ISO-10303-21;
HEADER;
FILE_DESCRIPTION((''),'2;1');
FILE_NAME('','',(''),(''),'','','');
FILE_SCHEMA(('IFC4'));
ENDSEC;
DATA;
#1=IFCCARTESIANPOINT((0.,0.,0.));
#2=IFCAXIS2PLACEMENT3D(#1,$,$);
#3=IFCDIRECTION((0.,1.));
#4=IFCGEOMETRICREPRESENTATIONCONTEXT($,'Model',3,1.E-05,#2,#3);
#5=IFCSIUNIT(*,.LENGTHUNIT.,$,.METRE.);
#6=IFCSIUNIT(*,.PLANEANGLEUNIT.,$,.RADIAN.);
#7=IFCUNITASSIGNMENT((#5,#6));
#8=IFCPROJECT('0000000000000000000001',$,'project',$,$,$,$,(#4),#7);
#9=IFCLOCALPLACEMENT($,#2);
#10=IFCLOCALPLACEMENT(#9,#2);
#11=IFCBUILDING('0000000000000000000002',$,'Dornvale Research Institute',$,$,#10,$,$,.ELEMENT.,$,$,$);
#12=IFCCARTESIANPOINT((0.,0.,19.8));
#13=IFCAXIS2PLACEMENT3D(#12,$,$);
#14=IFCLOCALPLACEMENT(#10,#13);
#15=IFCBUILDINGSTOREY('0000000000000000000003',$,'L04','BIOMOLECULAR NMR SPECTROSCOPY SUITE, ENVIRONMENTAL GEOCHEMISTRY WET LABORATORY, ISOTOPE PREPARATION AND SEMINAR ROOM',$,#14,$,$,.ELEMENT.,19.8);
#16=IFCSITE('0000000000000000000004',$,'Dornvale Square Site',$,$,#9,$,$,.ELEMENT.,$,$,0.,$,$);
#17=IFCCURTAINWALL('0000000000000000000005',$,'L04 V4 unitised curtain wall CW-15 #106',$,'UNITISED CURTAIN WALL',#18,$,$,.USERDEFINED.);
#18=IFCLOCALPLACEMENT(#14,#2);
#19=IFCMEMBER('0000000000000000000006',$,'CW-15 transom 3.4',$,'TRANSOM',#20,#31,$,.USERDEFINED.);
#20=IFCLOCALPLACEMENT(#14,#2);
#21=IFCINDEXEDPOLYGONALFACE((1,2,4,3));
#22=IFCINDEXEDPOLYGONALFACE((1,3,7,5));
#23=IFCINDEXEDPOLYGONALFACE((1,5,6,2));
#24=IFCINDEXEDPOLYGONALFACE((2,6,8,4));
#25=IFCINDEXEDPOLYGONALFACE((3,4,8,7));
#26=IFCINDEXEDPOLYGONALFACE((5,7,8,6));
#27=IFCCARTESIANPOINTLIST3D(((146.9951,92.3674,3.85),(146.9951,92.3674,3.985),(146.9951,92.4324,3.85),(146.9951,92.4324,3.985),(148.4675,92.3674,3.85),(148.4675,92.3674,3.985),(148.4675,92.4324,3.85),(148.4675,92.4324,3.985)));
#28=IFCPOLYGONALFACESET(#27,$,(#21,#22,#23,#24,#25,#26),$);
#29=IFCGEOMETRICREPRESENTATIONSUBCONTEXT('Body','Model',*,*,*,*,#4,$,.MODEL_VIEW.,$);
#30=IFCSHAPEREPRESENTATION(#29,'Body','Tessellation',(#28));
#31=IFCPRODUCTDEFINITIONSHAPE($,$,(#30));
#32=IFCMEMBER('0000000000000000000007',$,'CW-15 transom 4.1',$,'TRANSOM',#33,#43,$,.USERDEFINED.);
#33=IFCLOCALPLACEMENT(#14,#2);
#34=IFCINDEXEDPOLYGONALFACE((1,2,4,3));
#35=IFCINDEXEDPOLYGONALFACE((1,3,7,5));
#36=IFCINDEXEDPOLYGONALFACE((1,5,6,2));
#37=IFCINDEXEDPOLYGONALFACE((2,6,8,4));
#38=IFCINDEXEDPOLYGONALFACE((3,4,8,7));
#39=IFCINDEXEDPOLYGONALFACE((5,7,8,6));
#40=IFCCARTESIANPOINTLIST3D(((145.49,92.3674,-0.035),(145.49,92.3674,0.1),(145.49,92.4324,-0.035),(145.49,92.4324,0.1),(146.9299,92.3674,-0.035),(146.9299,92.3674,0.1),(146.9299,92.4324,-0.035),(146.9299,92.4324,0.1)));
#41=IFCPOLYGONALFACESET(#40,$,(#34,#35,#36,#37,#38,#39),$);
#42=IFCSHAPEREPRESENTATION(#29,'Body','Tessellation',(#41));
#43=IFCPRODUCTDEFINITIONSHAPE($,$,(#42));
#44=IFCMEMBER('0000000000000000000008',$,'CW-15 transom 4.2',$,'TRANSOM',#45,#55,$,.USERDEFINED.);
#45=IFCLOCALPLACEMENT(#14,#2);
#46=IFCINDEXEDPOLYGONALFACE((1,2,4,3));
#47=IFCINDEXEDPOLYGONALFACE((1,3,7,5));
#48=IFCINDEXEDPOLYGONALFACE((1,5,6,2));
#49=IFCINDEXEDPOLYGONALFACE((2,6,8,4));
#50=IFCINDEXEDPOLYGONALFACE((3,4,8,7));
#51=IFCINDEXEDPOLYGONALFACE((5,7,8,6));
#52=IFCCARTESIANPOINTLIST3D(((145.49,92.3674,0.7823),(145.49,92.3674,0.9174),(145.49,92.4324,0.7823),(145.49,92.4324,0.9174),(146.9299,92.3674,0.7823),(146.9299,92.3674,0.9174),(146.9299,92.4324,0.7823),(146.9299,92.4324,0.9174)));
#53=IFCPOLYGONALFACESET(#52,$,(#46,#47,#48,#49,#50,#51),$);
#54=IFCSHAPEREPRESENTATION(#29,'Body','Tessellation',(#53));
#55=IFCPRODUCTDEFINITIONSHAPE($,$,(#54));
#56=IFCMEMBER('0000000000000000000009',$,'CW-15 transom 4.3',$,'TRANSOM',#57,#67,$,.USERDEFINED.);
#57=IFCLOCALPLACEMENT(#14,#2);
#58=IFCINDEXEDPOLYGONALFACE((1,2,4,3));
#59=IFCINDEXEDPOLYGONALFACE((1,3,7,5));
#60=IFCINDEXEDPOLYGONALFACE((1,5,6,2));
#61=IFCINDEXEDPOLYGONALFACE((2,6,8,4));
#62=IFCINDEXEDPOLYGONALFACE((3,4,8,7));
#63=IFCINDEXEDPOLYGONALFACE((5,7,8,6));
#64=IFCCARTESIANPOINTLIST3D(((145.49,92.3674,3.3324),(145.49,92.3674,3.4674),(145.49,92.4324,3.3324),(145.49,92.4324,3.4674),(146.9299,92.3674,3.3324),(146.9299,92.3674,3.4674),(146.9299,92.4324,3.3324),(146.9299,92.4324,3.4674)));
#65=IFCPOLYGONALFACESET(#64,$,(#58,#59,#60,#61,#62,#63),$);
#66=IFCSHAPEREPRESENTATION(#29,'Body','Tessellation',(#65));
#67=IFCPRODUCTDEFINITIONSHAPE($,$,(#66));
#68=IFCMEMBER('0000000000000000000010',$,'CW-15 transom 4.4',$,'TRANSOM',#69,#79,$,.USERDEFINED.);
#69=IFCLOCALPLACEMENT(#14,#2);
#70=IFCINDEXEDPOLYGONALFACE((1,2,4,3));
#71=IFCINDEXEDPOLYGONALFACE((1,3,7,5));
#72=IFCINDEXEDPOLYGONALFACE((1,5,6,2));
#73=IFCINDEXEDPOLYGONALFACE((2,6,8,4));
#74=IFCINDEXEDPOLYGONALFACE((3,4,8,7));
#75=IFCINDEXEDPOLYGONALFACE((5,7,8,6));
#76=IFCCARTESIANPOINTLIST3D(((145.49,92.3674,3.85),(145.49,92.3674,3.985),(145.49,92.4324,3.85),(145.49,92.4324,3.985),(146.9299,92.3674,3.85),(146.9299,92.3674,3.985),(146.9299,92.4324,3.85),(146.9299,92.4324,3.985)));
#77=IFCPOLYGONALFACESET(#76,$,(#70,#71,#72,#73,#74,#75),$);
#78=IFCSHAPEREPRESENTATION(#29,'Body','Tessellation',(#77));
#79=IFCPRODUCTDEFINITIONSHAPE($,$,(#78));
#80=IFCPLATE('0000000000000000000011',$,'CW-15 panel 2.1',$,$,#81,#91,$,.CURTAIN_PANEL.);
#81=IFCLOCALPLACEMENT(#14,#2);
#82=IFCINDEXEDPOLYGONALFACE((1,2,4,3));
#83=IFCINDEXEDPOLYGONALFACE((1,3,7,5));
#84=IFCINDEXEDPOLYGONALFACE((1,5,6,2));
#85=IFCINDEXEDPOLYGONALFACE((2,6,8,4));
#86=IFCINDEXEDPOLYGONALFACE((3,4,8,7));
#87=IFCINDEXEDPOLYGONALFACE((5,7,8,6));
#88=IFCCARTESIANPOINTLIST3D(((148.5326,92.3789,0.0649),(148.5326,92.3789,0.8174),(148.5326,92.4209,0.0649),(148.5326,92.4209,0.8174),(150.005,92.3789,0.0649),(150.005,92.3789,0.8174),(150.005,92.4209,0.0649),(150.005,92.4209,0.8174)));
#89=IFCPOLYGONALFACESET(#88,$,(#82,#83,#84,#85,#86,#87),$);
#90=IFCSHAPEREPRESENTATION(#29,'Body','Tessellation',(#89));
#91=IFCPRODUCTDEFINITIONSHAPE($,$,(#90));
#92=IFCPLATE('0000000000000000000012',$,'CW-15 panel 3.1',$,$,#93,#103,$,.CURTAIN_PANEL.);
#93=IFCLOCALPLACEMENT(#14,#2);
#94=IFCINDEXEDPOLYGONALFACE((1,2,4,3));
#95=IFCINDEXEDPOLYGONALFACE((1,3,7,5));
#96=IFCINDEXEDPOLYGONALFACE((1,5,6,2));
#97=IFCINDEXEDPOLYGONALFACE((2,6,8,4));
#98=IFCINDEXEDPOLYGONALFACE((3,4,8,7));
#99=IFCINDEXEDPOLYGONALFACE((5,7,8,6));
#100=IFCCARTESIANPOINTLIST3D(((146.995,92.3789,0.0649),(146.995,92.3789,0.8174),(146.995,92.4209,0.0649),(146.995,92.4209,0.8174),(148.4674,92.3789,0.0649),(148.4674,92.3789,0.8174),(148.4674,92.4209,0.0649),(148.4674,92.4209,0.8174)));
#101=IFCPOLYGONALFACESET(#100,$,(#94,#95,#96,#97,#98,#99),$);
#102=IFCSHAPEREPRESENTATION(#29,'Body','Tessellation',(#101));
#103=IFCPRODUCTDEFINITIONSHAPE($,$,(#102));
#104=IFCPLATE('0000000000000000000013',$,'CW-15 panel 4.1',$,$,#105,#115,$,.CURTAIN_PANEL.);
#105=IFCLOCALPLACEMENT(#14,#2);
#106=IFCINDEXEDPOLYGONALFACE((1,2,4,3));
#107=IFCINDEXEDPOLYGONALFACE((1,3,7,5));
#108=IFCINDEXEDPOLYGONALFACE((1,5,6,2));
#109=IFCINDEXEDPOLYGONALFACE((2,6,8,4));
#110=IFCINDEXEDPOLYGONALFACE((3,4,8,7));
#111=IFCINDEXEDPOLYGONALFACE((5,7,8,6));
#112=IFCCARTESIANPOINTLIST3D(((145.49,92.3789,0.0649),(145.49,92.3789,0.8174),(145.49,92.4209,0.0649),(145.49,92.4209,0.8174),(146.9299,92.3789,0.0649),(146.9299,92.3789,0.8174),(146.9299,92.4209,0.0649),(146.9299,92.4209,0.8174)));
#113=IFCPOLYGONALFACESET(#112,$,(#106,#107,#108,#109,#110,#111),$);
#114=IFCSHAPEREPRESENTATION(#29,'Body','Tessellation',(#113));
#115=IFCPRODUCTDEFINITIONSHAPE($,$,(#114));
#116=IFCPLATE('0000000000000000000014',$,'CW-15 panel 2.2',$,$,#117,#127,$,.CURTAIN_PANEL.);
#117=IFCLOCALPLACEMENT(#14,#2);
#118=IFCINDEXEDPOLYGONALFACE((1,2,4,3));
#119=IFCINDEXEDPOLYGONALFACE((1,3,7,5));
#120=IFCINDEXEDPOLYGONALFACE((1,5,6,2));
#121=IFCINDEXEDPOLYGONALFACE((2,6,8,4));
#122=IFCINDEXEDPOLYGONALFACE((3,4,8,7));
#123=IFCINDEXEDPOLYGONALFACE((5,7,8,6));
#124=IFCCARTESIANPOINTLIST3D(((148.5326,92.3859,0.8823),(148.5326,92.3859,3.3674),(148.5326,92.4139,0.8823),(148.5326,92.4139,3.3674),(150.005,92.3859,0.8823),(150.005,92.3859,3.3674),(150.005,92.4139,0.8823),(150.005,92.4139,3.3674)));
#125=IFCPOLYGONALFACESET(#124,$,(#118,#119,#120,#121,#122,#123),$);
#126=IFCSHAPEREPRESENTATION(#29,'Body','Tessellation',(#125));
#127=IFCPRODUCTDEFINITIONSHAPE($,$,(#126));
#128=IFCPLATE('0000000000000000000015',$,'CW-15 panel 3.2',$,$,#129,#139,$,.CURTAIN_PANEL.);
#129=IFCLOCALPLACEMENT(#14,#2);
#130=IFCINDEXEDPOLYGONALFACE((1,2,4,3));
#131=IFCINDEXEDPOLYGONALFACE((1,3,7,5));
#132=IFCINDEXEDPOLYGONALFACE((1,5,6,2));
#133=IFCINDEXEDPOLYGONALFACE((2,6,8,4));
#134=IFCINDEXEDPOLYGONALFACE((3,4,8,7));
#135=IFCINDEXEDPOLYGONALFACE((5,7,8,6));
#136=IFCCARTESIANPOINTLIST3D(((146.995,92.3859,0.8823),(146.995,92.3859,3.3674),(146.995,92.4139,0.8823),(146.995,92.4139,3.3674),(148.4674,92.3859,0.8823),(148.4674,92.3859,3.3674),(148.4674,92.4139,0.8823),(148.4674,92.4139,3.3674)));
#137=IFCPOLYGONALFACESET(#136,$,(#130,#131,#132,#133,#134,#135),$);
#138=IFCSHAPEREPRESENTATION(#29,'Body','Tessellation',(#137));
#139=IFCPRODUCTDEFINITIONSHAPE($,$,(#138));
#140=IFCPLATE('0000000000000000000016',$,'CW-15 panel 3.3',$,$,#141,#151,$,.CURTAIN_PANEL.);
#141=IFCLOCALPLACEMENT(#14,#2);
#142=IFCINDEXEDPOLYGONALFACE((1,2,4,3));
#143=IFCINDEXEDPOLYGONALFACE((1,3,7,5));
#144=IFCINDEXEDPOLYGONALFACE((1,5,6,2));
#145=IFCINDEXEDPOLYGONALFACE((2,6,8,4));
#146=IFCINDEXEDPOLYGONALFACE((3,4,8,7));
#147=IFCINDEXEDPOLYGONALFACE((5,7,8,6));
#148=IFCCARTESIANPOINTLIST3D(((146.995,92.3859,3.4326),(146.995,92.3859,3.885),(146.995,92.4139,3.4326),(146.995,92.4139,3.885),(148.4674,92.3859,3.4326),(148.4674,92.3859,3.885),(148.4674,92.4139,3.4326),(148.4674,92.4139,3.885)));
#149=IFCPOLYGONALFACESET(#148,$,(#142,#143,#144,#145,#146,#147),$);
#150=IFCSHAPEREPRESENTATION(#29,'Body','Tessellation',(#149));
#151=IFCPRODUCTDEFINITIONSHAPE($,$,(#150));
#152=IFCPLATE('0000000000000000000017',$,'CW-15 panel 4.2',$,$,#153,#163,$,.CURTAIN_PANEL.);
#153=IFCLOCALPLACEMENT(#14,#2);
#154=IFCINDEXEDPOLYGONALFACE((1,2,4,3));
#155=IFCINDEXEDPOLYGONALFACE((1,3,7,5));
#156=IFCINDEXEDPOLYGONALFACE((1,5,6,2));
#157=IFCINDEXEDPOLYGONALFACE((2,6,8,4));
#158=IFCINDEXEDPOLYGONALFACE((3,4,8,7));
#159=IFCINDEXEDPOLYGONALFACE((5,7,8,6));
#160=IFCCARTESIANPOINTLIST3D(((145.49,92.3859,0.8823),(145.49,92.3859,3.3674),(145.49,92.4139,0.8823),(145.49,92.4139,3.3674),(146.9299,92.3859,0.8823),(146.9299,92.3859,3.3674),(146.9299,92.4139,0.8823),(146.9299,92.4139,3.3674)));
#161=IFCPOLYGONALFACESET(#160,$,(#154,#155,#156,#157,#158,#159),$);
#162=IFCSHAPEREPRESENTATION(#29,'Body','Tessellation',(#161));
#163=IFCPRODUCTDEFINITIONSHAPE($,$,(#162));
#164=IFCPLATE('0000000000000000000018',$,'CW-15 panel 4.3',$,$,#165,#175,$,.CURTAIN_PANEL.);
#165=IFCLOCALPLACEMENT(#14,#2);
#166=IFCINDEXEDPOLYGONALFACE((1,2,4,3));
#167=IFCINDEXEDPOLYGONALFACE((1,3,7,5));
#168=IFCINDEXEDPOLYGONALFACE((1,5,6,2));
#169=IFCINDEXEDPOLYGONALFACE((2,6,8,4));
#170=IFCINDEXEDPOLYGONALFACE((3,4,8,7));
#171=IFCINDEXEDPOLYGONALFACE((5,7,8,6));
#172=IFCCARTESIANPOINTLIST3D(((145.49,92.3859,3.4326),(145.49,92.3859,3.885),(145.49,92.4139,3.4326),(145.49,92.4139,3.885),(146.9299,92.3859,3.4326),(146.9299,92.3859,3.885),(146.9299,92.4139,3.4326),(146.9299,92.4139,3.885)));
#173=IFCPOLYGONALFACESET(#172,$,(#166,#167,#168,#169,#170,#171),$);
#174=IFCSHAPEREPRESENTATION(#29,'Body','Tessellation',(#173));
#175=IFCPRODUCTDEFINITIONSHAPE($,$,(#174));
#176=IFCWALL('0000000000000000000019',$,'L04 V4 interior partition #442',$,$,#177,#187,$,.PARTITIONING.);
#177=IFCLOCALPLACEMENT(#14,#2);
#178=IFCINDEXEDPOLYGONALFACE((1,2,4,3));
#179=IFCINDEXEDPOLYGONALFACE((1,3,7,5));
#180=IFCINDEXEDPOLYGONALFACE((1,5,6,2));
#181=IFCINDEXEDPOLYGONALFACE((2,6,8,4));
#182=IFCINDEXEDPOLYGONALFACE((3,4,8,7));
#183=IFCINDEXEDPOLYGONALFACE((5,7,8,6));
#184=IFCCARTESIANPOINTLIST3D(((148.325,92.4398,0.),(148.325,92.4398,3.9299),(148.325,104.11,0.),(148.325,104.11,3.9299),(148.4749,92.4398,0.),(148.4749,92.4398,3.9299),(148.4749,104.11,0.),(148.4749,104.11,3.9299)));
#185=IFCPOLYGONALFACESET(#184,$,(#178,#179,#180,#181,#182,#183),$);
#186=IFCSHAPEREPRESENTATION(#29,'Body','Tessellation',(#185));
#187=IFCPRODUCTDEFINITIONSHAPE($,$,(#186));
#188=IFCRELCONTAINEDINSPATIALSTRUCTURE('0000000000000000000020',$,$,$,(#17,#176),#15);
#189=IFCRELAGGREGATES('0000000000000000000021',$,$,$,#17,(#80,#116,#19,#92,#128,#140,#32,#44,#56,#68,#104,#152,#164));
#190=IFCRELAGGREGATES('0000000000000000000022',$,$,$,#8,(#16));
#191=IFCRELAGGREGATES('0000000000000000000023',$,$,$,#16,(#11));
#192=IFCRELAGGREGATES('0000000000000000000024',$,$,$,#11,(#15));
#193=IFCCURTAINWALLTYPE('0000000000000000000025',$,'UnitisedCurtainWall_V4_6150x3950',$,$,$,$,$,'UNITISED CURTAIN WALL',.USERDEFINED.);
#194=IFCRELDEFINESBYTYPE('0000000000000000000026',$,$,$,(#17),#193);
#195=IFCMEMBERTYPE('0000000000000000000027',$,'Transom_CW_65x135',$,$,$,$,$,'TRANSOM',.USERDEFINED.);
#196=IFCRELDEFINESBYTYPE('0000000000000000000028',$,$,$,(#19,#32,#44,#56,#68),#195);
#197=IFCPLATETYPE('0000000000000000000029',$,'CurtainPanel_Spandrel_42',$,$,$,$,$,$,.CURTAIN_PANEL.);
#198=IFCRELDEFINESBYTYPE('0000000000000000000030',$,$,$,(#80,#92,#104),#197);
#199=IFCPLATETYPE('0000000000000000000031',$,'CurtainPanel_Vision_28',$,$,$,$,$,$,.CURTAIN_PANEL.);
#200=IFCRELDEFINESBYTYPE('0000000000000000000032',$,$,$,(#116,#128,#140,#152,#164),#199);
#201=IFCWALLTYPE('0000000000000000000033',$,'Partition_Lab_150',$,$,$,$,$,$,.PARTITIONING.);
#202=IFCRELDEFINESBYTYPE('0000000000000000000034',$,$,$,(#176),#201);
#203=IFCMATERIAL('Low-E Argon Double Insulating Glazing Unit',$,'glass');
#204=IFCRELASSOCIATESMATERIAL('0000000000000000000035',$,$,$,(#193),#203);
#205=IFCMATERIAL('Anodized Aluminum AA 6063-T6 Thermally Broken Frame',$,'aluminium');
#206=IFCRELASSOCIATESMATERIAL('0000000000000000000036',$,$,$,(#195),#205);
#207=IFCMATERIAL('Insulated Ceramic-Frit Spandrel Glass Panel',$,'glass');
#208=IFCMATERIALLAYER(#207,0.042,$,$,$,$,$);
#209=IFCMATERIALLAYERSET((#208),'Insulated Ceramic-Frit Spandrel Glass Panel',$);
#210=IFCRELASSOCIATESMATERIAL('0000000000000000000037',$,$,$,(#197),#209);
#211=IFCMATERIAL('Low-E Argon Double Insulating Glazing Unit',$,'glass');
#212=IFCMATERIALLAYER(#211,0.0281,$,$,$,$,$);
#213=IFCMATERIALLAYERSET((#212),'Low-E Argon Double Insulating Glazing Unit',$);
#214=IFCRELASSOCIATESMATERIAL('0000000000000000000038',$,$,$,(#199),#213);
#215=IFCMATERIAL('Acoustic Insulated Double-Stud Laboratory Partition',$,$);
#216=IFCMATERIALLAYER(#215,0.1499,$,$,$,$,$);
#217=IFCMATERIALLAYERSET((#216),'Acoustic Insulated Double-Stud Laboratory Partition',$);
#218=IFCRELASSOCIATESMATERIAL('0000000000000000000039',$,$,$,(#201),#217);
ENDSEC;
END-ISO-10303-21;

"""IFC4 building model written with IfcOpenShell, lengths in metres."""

from ifc_helpers import new_model, si_unit, direction, frame, frame_2d, origin, origin_2d, place, context, subcontext, project, spatial, rectangle, extrude, material, layer, layer_set, material_profile, profile_set, type_object, element, aggregate, save


model = new_model("IFC4")

# Units and contexts
model_context = context("Model", 3, precision=1e-05, world=origin(), true_north=direction((0.0, 1.0)))
body_context = subcontext(model_context, "Body", "Model", "MODEL_VIEW")
ifc_project = project(units=[si_unit("LENGTHUNIT", "METRE"), si_unit("PLANEANGLEUNIT", "RADIAN")], contexts=[model_context])

# Site, building, storey
site_placement = place(None, origin())
site = spatial("IfcSite", under=ifc_project, at=site_placement, Name="Dornvale Square Site", CompositionType="ELEMENT", RefElevation=0.0)
building_placement = place(site_placement, origin())
building = spatial("IfcBuilding", under=site, at=building_placement, Name="Dornvale Research Institute", CompositionType="ELEMENT")
storey_placement = place(building_placement, frame((0.0, 0.0, 19.8)))
storey = spatial("IfcBuildingStorey", under=building, at=storey_placement, Name="L04", Description="BIOMOLECULAR NMR SPECTROSCOPY SUITE, ENVIRONMENTAL GEOCHEMISTRY WET LABORATORY, ISOTOPE PREPARATION AND SEMINAR ROOM", CompositionType="ELEMENT", Elevation=19.8)

# Curtain wall
ifc_material_1 = material(Name="Low-E Argon Double Insulating Glazing Unit", Category="glass")
curtain_wall_type = type_object("IfcCurtainWallType", Name="UnitisedCurtainWall_V4_6150x3950", ElementType="UNITISED CURTAIN WALL", PredefinedType="USERDEFINED", material=ifc_material_1)
curtain_wall_placement = place(storey_placement, origin())
curtain_wall = element("IfcCurtainWall", 1, at=curtain_wall_placement, inside=storey, type_object=curtain_wall_type, Name="L04 V4 unitised curtain wall CW-15 #106", ObjectType="UNITISED CURTAIN WALL", PredefinedType="USERDEFINED")

# Members
ifc_material_2 = material(Name="Anodized Aluminum AA 6063-T6 Thermally Broken Frame", Category="aluminium")
ifc_material_profile_1 = material_profile(ifc_material_2, rectangle(XDim=0.0649, YDim=0.135, at=origin_2d()), Name="ALU TRANSOM 65x135")
ifc_profile_set_1 = profile_set([ifc_material_profile_1], Name="Anodized Aluminum AA 6063-T6 Thermally Broken Frame")
member_type_1 = type_object("IfcMemberType", Name="Transom_CW_65x135", ElementType="TRANSOM", PredefinedType="USERDEFINED", material=ifc_profile_set_1)
member_1_placement = place(storey_placement, frame((148.4675, 92.3999, 3.9175), z_axis=(-1.0, 0.0, 0.0), x_axis=(0.0, -1.0, 0.0)))
member_1 = element("IfcMember", 2, at=member_1_placement, type_object=member_type_1, Name="CW-15 transom 3.4", ObjectType="TRANSOM", PredefinedType="USERDEFINED", context=body_context, shape_type="SweptSolid", body=[
    extrude(rectangle(XDim=0.0649, YDim=0.135, at=origin_2d()), origin(), (0.0, 0.0, 1.0), 1.4724),
])
member_2_placement = place(storey_placement, frame((146.9299, 92.3999, 0.0325), z_axis=(-1.0, 0.0, 0.0), x_axis=(0.0, -1.0, 0.0)))
member_2 = element("IfcMember", 3, at=member_2_placement, type_object=member_type_1, Name="CW-15 transom 4.1", ObjectType="TRANSOM", PredefinedType="USERDEFINED", context=body_context, shape_type="SweptSolid", body=[
    extrude(rectangle(XDim=0.0649, YDim=0.135, at=origin_2d()), origin(), (0.0, 0.0, 1.0), 1.4399),
])
member_3_placement = place(storey_placement, frame((146.9299, 92.3999, 0.8499), z_axis=(-1.0, 0.0, 0.0), x_axis=(0.0, -1.0, 0.0)))
member_3 = element("IfcMember", 4, at=member_3_placement, type_object=member_type_1, Name="CW-15 transom 4.2", ObjectType="TRANSOM", PredefinedType="USERDEFINED", context=body_context, shape_type="SweptSolid", body=[
    extrude(rectangle(XDim=0.0649, YDim=0.135, at=origin_2d()), origin(), (0.0, 0.0, 1.0), 1.4399),
])
member_4_placement = place(storey_placement, frame((146.9299, 92.3999, 3.3999), z_axis=(-1.0, 0.0, 0.0), x_axis=(0.0, -1.0, 0.0)))
member_4 = element("IfcMember", 5, at=member_4_placement, type_object=member_type_1, Name="CW-15 transom 4.3", ObjectType="TRANSOM", PredefinedType="USERDEFINED", context=body_context, shape_type="SweptSolid", body=[
    extrude(rectangle(XDim=0.0649, YDim=0.135, at=origin_2d()), origin(), (0.0, 0.0, 1.0), 1.4399),
])
member_5_placement = place(storey_placement, frame((146.9299, 92.3999, 3.9175), z_axis=(-1.0, 0.0, 0.0), x_axis=(0.0, -1.0, 0.0)))
member_5 = element("IfcMember", 6, at=member_5_placement, type_object=member_type_1, Name="CW-15 transom 4.4", ObjectType="TRANSOM", PredefinedType="USERDEFINED", context=body_context, shape_type="SweptSolid", body=[
    extrude(rectangle(XDim=0.0649, YDim=0.135, at=origin_2d()), origin(), (0.0, 0.0, 1.0), 1.4399),
])

# Plates
ifc_material_3 = material(Name="Insulated Ceramic-Frit Spandrel Glass Panel", Category="glass")
ifc_layer_1 = layer(ifc_material_3, 0.042)
ifc_layer_set_1 = layer_set([ifc_layer_1], Name="Insulated Ceramic-Frit Spandrel Glass Panel")
plate_type_1 = type_object("IfcPlateType", Name="CurtainPanel_Spandrel_42", PredefinedType="CURTAIN_PANEL", material=ifc_layer_set_1)
plate_1_placement = place(storey_placement, frame((149.2688, 92.3999, 0.0649), z_axis=(0.0, 0.0, 1.0), x_axis=(-1.0, 0.0, 0.0)))
plate_1 = element("IfcPlate", 7, at=plate_1_placement, type_object=plate_type_1, Name="CW-15 panel 2.1", PredefinedType="CURTAIN_PANEL", context=body_context, shape_type="SweptSolid", body=[
    extrude(rectangle(XDim=1.4724, YDim=0.042, at=origin_2d()), origin(), (0.0, 0.0, 1.0), 0.7524),
])
plate_2_placement = place(storey_placement, frame((147.7312, 92.3999, 0.0649), z_axis=(0.0, 0.0, 1.0), x_axis=(-1.0, 0.0, 0.0)))
plate_2 = element("IfcPlate", 8, at=plate_2_placement, type_object=plate_type_1, Name="CW-15 panel 3.1", PredefinedType="CURTAIN_PANEL", context=body_context, shape_type="SweptSolid", body=[
    extrude(rectangle(XDim=1.4724, YDim=0.042, at=origin_2d()), origin(), (0.0, 0.0, 1.0), 0.7524),
])
plate_3_placement = place(storey_placement, frame((146.21, 92.3999, 0.0649), z_axis=(0.0, 0.0, 1.0), x_axis=(-1.0, 0.0, 0.0)))
plate_3 = element("IfcPlate", 9, at=plate_3_placement, type_object=plate_type_1, Name="CW-15 panel 4.1", PredefinedType="CURTAIN_PANEL", context=body_context, shape_type="SweptSolid", body=[
    extrude(rectangle(XDim=1.4399, YDim=0.042, at=origin_2d()), origin(), (0.0, 0.0, 1.0), 0.7524),
])
ifc_material_4 = material(Name="Low-E Argon Double Insulating Glazing Unit", Category="glass")
ifc_layer_2 = layer(ifc_material_4, 0.0281)
ifc_layer_set_2 = layer_set([ifc_layer_2], Name="Low-E Argon Double Insulating Glazing Unit")
plate_type_2 = type_object("IfcPlateType", Name="CurtainPanel_Vision_28", PredefinedType="CURTAIN_PANEL", material=ifc_layer_set_2)
plate_4_placement = place(storey_placement, frame((149.2688, 92.3999, 0.8823), z_axis=(0.0, 0.0, 1.0), x_axis=(-1.0, 0.0, 0.0)))
plate_4 = element("IfcPlate", 10, at=plate_4_placement, type_object=plate_type_2, Name="CW-15 panel 2.2", PredefinedType="CURTAIN_PANEL", context=body_context, shape_type="SweptSolid", body=[
    extrude(rectangle(XDim=1.4724, YDim=0.0281, at=origin_2d()), origin(), (0.0, 0.0, 1.0), 2.4851),
])
plate_5_placement = place(storey_placement, frame((147.7312, 92.3999, 0.8823), z_axis=(0.0, 0.0, 1.0), x_axis=(-1.0, 0.0, 0.0)))
plate_5 = element("IfcPlate", 11, at=plate_5_placement, type_object=plate_type_2, Name="CW-15 panel 3.2", PredefinedType="CURTAIN_PANEL", context=body_context, shape_type="SweptSolid", body=[
    extrude(rectangle(XDim=1.4724, YDim=0.0281, at=origin_2d()), origin(), (0.0, 0.0, 1.0), 2.4851),
])
plate_6_placement = place(storey_placement, frame((147.7312, 92.3999, 3.4326), z_axis=(0.0, 0.0, 1.0), x_axis=(-1.0, 0.0, 0.0)))
plate_6 = element("IfcPlate", 12, at=plate_6_placement, type_object=plate_type_2, Name="CW-15 panel 3.3", PredefinedType="CURTAIN_PANEL", context=body_context, shape_type="SweptSolid", body=[
    extrude(rectangle(XDim=1.4724, YDim=0.0281, at=origin_2d()), origin(), (0.0, 0.0, 1.0), 0.4524),
])
plate_7_placement = place(storey_placement, frame((146.21, 92.3999, 0.8823), z_axis=(0.0, 0.0, 1.0), x_axis=(-1.0, 0.0, 0.0)))
plate_7 = element("IfcPlate", 13, at=plate_7_placement, type_object=plate_type_2, Name="CW-15 panel 4.2", PredefinedType="CURTAIN_PANEL", context=body_context, shape_type="SweptSolid", body=[
    extrude(rectangle(XDim=1.4399, YDim=0.0281, at=origin_2d()), origin(), (0.0, 0.0, 1.0), 2.4851),
])
plate_8_placement = place(storey_placement, frame((146.21, 92.3999, 3.4326), z_axis=(0.0, 0.0, 1.0), x_axis=(-1.0, 0.0, 0.0)))
plate_8 = element("IfcPlate", 14, at=plate_8_placement, type_object=plate_type_2, Name="CW-15 panel 4.3", PredefinedType="CURTAIN_PANEL", context=body_context, shape_type="SweptSolid", body=[
    extrude(rectangle(XDim=1.4399, YDim=0.0281, at=origin_2d()), origin(), (0.0, 0.0, 1.0), 0.4524),
])
aggregate(curtain_wall, [plate_1, plate_4, member_1, plate_2, plate_5, plate_6, member_2, member_3, member_4, member_5, plate_3, plate_7, plate_8])

# Wall
ifc_material_5 = material(Name="Acoustic Insulated Double-Stud Laboratory Partition")
ifc_layer_3 = layer(ifc_material_5, 0.1499)
ifc_layer_set_3 = layer_set([ifc_layer_3], Name="Acoustic Insulated Double-Stud Laboratory Partition")
wall_type_1 = type_object("IfcWallType", Name="Partition_Lab_150", PredefinedType="PARTITIONING", material=ifc_layer_set_3)
wall_1_placement = place(storey_placement, frame((148.3999, 92.4399, 0.0), z_axis=(0.0, 0.0, 1.0), x_axis=(0.0, 1.0, 0.0)))
element("IfcWall", 15, at=wall_1_placement, inside=storey, type_object=wall_type_1, Name="L04 V4 interior partition #442", PredefinedType="PARTITIONING", context=body_context, shape_type="SweptSolid", body=[
    extrude(rectangle(XDim=11.6702, YDim=0.1499, at=frame_2d((5.835, 0.0))), origin(), (0.0, 0.0, 1.0), 3.9299),
])

save(model, "model.ifc")
